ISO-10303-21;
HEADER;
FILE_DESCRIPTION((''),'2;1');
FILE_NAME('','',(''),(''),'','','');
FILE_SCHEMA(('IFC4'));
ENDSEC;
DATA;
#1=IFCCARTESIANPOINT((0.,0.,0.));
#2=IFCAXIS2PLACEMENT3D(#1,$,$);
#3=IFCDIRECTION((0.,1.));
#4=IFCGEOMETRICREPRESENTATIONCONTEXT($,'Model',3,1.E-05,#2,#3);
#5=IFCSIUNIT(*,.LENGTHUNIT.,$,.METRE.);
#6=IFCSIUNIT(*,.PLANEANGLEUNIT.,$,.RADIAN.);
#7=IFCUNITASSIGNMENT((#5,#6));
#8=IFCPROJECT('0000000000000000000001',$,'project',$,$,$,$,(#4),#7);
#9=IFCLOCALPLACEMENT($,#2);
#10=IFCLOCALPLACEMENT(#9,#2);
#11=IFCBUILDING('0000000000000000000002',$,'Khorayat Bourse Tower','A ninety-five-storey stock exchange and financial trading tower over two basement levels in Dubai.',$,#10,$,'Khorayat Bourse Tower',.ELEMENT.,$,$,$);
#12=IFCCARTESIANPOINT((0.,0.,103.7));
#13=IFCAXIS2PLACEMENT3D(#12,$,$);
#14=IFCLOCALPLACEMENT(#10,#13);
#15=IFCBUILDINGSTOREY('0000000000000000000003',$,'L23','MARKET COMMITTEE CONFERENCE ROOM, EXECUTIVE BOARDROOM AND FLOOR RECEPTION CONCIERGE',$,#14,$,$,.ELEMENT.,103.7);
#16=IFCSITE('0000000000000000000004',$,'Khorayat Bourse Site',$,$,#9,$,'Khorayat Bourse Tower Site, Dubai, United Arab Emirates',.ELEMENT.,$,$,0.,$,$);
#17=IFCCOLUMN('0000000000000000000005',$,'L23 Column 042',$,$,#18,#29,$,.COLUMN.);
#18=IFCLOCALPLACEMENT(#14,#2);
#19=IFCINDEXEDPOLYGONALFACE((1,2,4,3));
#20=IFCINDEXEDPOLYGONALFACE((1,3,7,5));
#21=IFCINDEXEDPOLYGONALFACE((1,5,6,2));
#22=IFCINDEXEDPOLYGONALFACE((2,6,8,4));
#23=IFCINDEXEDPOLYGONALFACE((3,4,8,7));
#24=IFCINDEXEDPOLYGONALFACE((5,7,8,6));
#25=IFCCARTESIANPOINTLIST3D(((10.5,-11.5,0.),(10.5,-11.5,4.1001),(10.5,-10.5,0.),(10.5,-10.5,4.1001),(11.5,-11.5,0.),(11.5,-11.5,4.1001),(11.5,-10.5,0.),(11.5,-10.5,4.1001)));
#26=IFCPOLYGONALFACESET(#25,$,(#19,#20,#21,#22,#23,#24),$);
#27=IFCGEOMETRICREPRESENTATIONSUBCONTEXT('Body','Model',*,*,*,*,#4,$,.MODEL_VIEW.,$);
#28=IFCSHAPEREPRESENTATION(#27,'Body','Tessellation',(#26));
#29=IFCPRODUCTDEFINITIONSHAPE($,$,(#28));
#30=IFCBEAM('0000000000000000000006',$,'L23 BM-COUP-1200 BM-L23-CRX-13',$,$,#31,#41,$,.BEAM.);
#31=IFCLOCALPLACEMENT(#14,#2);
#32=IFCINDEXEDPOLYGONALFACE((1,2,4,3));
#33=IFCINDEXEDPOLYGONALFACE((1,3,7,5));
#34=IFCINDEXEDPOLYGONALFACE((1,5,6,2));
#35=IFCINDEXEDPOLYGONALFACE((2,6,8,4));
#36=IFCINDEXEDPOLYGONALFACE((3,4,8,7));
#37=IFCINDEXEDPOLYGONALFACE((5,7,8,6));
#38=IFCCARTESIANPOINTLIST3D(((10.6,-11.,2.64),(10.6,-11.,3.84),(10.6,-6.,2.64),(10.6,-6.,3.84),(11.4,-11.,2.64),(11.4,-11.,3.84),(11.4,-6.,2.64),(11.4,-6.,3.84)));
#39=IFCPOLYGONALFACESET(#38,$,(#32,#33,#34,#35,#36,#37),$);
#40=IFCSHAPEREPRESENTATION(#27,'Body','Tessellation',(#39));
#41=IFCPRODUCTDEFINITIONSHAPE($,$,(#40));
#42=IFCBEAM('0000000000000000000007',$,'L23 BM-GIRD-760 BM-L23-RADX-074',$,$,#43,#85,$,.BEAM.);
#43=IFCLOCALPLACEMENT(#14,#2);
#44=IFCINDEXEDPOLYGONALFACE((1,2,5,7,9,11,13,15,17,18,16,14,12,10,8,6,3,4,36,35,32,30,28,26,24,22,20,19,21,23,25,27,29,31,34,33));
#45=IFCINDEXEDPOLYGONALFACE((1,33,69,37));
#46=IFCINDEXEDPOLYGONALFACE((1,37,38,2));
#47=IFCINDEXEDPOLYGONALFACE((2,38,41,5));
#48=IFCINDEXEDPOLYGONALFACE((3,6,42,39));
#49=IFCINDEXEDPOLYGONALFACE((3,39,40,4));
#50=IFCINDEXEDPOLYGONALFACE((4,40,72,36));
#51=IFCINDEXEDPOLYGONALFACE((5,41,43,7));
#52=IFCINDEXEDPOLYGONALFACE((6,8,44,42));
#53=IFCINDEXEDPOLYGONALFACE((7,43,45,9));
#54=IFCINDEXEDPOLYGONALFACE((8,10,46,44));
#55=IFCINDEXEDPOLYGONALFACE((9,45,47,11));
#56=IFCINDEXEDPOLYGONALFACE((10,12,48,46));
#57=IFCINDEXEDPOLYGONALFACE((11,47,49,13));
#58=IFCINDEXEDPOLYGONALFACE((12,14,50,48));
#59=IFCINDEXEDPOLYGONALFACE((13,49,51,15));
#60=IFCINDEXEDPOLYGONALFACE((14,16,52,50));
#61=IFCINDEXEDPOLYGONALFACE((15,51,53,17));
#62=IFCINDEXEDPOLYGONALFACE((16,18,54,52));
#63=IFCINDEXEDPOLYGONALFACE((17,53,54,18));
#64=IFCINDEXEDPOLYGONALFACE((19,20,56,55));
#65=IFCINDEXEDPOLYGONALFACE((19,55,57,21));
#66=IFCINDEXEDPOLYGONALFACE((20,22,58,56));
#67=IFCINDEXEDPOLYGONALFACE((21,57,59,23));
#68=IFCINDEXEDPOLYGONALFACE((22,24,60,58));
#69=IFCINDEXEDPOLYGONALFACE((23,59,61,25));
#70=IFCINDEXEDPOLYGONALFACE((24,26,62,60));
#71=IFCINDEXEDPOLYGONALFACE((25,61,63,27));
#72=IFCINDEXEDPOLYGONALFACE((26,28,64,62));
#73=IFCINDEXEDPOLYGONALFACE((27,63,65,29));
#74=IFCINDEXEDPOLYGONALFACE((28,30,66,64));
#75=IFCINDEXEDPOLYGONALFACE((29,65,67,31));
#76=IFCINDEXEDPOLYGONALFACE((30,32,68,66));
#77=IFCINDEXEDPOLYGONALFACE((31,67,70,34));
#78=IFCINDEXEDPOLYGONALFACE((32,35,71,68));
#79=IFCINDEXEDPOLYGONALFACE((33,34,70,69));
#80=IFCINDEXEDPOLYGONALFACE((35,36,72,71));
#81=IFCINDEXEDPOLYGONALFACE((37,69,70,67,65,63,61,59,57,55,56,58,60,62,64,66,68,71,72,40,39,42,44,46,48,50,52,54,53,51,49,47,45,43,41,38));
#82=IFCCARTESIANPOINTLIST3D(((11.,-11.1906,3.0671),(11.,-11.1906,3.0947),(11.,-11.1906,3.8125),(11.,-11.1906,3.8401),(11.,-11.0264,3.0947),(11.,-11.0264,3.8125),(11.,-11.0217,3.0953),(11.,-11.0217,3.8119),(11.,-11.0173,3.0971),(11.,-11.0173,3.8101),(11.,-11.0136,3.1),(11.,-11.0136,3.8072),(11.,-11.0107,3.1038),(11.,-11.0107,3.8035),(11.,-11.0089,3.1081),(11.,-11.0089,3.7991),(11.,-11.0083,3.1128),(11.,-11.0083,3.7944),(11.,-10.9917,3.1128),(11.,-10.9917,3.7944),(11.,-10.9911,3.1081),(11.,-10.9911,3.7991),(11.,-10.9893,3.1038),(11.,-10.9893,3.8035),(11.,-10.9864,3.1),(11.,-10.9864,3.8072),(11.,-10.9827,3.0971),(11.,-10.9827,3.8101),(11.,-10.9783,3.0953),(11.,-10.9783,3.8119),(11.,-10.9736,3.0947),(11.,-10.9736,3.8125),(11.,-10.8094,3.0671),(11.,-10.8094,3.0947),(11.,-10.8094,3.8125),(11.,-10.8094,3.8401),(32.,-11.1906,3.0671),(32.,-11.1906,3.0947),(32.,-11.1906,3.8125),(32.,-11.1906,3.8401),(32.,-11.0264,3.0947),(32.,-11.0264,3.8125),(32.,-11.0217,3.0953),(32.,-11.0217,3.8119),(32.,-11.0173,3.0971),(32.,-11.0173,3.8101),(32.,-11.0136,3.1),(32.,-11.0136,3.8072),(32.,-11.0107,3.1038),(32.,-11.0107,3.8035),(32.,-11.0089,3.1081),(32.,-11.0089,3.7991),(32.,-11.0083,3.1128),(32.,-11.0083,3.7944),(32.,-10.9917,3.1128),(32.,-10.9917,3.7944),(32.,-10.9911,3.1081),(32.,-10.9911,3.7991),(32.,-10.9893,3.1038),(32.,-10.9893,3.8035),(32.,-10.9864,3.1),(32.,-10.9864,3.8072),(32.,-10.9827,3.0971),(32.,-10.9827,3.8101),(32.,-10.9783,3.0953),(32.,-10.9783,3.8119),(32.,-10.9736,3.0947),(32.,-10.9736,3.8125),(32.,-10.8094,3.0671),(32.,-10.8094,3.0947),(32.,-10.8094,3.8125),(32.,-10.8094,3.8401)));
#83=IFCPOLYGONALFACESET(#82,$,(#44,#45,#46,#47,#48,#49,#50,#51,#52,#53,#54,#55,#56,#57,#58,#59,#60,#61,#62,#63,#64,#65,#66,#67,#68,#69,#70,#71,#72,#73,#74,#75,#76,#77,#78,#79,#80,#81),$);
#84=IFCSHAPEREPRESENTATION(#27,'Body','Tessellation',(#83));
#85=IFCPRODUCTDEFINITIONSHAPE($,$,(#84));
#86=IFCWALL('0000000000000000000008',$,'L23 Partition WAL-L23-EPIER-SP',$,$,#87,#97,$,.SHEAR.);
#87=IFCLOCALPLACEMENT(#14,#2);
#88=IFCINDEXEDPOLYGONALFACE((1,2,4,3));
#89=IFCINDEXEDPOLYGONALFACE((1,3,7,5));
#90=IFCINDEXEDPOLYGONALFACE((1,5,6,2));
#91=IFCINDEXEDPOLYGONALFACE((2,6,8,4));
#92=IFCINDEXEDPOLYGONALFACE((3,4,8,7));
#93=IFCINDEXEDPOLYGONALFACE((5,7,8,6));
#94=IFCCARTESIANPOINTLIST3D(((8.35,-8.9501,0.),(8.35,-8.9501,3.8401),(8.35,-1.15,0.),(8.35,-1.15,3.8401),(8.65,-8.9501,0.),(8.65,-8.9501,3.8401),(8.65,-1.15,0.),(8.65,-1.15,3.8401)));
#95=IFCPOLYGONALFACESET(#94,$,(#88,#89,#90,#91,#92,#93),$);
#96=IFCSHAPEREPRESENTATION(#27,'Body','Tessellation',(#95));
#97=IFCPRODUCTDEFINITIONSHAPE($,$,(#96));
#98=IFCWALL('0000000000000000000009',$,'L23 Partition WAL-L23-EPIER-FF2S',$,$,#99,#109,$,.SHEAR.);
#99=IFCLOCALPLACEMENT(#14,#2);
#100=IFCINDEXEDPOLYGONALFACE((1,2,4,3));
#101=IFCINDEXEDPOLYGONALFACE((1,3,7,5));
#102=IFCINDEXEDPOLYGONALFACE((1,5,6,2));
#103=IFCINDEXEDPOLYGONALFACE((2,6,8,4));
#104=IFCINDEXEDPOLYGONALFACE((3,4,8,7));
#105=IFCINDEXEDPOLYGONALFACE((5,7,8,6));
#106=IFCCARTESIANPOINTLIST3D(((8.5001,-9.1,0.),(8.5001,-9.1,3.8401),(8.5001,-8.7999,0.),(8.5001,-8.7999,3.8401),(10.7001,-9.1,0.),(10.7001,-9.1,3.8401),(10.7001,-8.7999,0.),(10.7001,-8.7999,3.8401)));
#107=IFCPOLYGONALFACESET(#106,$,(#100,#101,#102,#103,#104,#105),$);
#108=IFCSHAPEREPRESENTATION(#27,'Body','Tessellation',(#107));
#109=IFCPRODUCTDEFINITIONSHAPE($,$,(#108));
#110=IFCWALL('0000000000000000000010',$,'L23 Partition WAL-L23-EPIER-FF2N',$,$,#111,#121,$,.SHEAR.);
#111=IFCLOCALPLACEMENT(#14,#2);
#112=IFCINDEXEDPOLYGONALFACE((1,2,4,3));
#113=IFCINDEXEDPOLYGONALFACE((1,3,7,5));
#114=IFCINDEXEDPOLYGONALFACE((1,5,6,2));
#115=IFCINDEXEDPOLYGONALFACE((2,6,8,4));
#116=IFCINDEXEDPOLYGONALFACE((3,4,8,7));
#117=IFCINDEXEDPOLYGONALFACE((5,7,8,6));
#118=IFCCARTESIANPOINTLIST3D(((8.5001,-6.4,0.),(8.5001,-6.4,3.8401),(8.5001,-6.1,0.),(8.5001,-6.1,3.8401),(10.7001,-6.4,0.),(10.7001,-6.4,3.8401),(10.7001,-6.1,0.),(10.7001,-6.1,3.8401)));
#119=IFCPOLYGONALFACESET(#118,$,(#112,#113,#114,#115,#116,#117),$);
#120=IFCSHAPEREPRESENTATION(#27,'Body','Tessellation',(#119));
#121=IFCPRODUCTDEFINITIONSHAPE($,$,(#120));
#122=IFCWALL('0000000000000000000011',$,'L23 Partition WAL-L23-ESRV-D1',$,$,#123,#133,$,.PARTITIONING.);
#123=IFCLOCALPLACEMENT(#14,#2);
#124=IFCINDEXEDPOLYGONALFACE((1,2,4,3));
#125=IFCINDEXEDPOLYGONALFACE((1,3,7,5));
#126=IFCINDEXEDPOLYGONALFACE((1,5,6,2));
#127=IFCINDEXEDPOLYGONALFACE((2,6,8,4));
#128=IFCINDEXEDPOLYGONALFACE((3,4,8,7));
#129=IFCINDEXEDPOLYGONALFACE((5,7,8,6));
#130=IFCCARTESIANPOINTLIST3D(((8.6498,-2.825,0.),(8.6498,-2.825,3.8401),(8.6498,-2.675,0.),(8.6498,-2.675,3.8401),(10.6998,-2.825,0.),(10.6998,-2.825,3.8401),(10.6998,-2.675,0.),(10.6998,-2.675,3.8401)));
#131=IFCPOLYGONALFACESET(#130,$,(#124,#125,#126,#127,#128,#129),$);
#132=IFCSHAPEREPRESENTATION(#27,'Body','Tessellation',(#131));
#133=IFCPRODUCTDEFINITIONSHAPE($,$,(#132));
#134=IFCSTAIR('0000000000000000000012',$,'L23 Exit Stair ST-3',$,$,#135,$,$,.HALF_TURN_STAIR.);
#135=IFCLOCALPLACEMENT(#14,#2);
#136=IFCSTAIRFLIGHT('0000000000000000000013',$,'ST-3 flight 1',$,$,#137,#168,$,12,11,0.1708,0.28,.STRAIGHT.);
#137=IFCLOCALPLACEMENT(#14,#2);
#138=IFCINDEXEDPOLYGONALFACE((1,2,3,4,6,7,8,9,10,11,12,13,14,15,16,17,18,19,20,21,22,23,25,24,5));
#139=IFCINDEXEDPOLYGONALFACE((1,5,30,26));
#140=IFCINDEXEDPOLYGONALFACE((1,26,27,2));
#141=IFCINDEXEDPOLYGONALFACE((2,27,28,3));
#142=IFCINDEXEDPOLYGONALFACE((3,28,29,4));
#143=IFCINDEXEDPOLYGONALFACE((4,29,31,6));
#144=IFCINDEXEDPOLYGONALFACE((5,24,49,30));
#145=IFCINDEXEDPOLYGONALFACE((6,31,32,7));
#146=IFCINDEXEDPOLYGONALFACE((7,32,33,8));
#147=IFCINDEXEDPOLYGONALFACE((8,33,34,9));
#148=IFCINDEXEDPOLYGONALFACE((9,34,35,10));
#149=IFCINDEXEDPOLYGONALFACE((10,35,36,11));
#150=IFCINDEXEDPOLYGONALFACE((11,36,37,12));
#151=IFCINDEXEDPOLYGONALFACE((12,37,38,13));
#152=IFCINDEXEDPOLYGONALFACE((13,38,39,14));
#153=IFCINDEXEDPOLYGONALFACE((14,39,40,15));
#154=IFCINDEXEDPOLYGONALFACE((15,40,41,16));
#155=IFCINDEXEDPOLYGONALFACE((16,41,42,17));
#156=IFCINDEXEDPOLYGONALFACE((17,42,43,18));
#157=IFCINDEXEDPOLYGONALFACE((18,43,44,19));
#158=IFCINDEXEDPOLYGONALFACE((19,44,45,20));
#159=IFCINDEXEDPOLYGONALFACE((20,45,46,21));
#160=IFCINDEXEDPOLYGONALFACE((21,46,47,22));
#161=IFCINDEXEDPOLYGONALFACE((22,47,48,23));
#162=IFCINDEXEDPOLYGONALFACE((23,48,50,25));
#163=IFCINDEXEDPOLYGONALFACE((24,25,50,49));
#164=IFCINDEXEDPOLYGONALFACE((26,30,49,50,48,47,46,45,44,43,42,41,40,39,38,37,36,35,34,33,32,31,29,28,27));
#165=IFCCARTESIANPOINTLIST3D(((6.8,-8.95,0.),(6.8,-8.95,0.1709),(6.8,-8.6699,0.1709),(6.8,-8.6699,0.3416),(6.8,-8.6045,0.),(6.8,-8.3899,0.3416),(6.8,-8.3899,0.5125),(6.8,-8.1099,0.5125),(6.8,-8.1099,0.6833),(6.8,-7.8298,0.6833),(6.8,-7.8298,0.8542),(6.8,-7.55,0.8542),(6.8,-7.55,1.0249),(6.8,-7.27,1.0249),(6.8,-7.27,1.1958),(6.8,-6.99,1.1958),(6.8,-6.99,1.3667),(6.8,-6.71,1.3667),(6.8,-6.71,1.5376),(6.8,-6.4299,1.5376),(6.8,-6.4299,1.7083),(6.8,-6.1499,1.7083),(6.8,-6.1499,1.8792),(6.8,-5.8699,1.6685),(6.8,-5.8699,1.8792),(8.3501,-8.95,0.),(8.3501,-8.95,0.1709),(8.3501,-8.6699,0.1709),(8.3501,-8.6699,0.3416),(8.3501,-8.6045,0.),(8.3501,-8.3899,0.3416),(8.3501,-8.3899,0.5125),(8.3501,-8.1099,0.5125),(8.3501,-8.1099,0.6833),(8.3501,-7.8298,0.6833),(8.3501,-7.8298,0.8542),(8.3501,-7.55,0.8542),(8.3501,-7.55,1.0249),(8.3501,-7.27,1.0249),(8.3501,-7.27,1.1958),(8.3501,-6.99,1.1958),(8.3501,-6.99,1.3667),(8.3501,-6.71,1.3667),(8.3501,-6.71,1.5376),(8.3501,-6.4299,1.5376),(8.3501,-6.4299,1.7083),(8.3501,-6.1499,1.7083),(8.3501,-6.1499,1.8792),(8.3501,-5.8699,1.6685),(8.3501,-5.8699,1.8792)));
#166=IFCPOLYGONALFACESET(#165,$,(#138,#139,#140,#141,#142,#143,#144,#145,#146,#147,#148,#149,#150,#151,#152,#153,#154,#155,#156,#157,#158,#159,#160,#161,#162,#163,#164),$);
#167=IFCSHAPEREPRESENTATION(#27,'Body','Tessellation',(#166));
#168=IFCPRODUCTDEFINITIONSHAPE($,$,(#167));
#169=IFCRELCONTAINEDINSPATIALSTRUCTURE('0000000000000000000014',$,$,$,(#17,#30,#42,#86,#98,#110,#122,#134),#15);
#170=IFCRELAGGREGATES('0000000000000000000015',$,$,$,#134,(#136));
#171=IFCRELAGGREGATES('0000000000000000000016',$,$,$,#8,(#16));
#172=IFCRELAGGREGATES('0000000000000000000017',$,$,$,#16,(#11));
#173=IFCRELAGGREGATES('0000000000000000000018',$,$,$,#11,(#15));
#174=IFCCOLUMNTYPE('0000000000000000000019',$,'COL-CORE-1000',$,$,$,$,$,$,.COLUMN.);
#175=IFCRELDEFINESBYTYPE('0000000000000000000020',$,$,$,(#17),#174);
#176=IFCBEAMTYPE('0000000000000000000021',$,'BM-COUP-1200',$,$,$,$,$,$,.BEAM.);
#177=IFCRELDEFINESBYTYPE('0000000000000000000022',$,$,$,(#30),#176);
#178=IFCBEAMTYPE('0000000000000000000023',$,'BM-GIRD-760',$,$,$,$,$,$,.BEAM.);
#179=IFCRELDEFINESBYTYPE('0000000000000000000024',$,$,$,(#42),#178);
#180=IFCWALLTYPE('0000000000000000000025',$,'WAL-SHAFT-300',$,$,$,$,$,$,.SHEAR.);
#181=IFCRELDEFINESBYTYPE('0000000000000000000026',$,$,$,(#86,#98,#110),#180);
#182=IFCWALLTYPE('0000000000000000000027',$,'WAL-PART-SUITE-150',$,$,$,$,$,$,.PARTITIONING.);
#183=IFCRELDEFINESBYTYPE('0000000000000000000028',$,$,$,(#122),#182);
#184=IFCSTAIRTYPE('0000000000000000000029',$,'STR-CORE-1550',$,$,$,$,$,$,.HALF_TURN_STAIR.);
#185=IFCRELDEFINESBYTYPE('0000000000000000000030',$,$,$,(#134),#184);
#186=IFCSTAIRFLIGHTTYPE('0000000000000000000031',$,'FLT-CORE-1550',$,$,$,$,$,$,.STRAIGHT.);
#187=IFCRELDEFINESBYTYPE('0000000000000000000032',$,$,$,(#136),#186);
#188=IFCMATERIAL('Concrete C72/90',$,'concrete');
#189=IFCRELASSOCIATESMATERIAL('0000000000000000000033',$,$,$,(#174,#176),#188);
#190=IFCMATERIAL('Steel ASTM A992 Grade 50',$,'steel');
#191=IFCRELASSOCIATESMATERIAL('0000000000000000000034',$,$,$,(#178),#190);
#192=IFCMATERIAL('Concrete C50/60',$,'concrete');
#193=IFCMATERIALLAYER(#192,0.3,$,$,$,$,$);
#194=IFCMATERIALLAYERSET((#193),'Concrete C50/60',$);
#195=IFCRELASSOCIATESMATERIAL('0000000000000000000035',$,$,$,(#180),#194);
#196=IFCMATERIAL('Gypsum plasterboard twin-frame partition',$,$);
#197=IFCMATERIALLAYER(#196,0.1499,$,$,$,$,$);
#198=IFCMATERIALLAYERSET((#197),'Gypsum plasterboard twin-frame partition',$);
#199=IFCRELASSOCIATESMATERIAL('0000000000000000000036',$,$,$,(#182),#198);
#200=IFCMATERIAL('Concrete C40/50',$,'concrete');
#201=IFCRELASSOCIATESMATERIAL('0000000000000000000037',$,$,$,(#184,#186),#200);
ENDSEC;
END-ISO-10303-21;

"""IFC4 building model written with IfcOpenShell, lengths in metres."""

from ifc_helpers import new_model, si_unit, direction, frame, frame_2d, origin, origin_2d, place, context, subcontext, project, spatial, polyline, rectangle, i_section, outline, extrude, source, transform, mapped, material, layer, layer_set, material_profile, profile_set, type_object, element, aggregate, save


model = new_model("IFC4")

# Units and contexts
model_context = context("Model", 3, precision=1e-05, world=origin(), true_north=direction((0.0, 1.0)))
body_context = subcontext(model_context, "Body", "Model", "MODEL_VIEW")
ifc_project = project(units=[si_unit("LENGTHUNIT", "METRE"), si_unit("PLANEANGLEUNIT", "RADIAN")], contexts=[model_context])

# Site, building, storey
site_placement = place(None, origin())
site = spatial("IfcSite", under=ifc_project, at=site_placement, Name="Khorayat Bourse Site", LongName="Khorayat Bourse Tower Site, Dubai, United Arab Emirates", CompositionType="ELEMENT", RefElevation=0.0)
building_placement = place(site_placement, origin())
building = spatial("IfcBuilding", under=site, at=building_placement, Name="Khorayat Bourse Tower", Description="A ninety-five-storey stock exchange and financial trading tower over two basement levels in Dubai.", LongName="Khorayat Bourse Tower", CompositionType="ELEMENT")
storey_placement = place(building_placement, frame((0.0, 0.0, 103.7)))
storey = spatial("IfcBuildingStorey", under=building, at=storey_placement, Name="L23", Description="MARKET COMMITTEE CONFERENCE ROOM, EXECUTIVE BOARDROOM AND FLOOR RECEPTION CONCIERGE", CompositionType="ELEMENT", Elevation=103.7)

# Column
ifc_material_1 = material(Name="Concrete C72/90", Category="concrete")
ifc_material_profile_1 = material_profile(ifc_material_1, rectangle(XDim=1.0, YDim=1.0, at=origin_2d()), Name="RC 1000x1000")
ifc_profile_set_1 = profile_set([ifc_material_profile_1], Name="Concrete C72/90")
column_type = type_object("IfcColumnType", Name="COL-CORE-1000", PredefinedType="COLUMN", material=ifc_profile_set_1)
shared_shape_1 = source(origin(), body_context, "Body", "SweptSolid", [
    extrude(rectangle(XDim=1.0, YDim=1.0, at=origin_2d()), origin(), (0.0, 0.0, 1.0), 4.1001),
])
column_placement = place(storey_placement, frame((11.0, -11.0, 0.0), z_axis=(0.0, 0.0, 1.0), x_axis=(1.0, 0.0, 0.0)))
element("IfcColumn", 1, at=column_placement, inside=storey, type_object=column_type, Name="L23 Column 042", PredefinedType="COLUMN", context=body_context, shape_type="MappedRepresentation", body=[
    mapped(shared_shape_1, transform((0.0, 0.0, 0.0), scale=1.0)),
])

# Beams
ifc_material_profile_2 = material_profile(ifc_material_1, rectangle(XDim=0.8, YDim=1.2, at=origin_2d()), Name="RC 800x1200")
ifc_profile_set_2 = profile_set([ifc_material_profile_2], Name="Concrete C72/90")
beam_type_1 = type_object("IfcBeamType", Name="BM-COUP-1200", PredefinedType="BEAM", material=ifc_profile_set_2)
shared_shape_2 = source(origin(), body_context, "Body", "SweptSolid", [
    extrude(rectangle(XDim=0.8, YDim=1.2, at=origin_2d()), origin(), (0.0, 0.0, 1.0), 5.0),
])
beam_1_placement = place(storey_placement, frame((11.0, -11.0, 3.24), z_axis=(0.0, 1.0, 0.0), x_axis=(-1.0, 0.0, 0.0)))
element("IfcBeam", 2, at=beam_1_placement, inside=storey, type_object=beam_type_1, Name="L23 BM-COUP-1200 BM-L23-CRX-13", PredefinedType="BEAM", context=body_context, shape_type="MappedRepresentation", body=[
    mapped(shared_shape_2, transform((0.0, 0.0, 0.0), scale=1.0)),
])
ifc_material_2 = material(Name="Steel ASTM A992 Grade 50", Category="steel")
ifc_material_profile_3 = material_profile(ifc_material_2, i_section(OverallWidth=0.3811, OverallDepth=0.7729, WebThickness=0.0166, FlangeThickness=0.0276, FilletRadius=0.0181, at=origin_2d()), Name="W760X257")
ifc_profile_set_3 = profile_set([ifc_material_profile_3], Name="Steel ASTM A992 Grade 50")
beam_type_2 = type_object("IfcBeamType", Name="BM-GIRD-760", PredefinedType="BEAM", material=ifc_profile_set_3)
shared_shape_3 = source(origin(), body_context, "Body", "SweptSolid", [
    extrude(i_section(OverallWidth=0.3811, OverallDepth=0.7729, WebThickness=0.0166, FlangeThickness=0.0276, FilletRadius=0.0181, at=origin_2d()), origin(), (0.0, 0.0, 1.0), 21.0),
])
beam_2_placement = place(storey_placement, frame((11.0, -11.0, 3.4536), z_axis=(1.0, 0.0, 0.0), x_axis=(0.0, 1.0, 0.0)))
element("IfcBeam", 3, at=beam_2_placement, inside=storey, type_object=beam_type_2, Name="L23 BM-GIRD-760 BM-L23-RADX-074", PredefinedType="BEAM", context=body_context, shape_type="MappedRepresentation", body=[
    mapped(shared_shape_3, transform((0.0, 0.0, 0.0), scale=1.0)),
])

# Walls
ifc_material_3 = material(Name="Concrete C50/60", Category="concrete")
ifc_layer_1 = layer(ifc_material_3, 0.3)
ifc_layer_set_1 = layer_set([ifc_layer_1], Name="Concrete C50/60")
wall_type_1 = type_object("IfcWallType", Name="WAL-SHAFT-300", PredefinedType="SHEAR", material=ifc_layer_set_1)
shared_shape_4 = source(origin(), body_context, "Body", "SweptSolid", [
    extrude(rectangle(XDim=7.8, YDim=0.3, at=frame_2d((3.8999, 0.0))), origin(), (0.0, 0.0, 1.0), 3.8401),
])
wall_1_placement = place(storey_placement, frame((8.5, -8.95, 0.0), z_axis=(0.0, 0.0, 1.0), x_axis=(0.0, 1.0, 0.0)))
element("IfcWall", 4, at=wall_1_placement, inside=storey, type_object=wall_type_1, Name="L23 Partition WAL-L23-EPIER-SP", PredefinedType="SHEAR", context=body_context, shape_type="MappedRepresentation", body=[
    mapped(shared_shape_4, transform((0.0, 0.0, 0.0), scale=1.0)),
])
shared_shape_5 = source(origin(), body_context, "Body", "SweptSolid", [
    extrude(rectangle(XDim=2.2, YDim=0.3, at=frame_2d((1.1001, 0.0))), origin(), (0.0, 0.0, 1.0), 3.8401),
])
for number, where, z_axis, x_axis, name in (
    (5, (8.5, -8.95, 0.0), (0.0, 0.0, 1.0), (1.0, 0.0, 0.0), "L23 Partition WAL-L23-EPIER-FF2S"),
    (6, (8.5, -6.25, 0.0), (0.0, 0.0, 1.0), (1.0, 0.0, 0.0), "L23 Partition WAL-L23-EPIER-FF2N"),
):
    element("IfcWall", number, at=place(storey_placement, frame(where, z_axis=z_axis, x_axis=x_axis)), inside=storey, type_object=wall_type_1, Name=name, PredefinedType="SHEAR", context=body_context, shape_type="MappedRepresentation", body=[
        mapped(shared_shape_5, transform((0.0, 0.0, 0.0), scale=1.0)),
    ])
ifc_material_4 = material(Name="Gypsum plasterboard twin-frame partition")
ifc_layer_2 = layer(ifc_material_4, 0.1499)
ifc_layer_set_2 = layer_set([ifc_layer_2], Name="Gypsum plasterboard twin-frame partition")
wall_type_2 = type_object("IfcWallType", Name="WAL-PART-SUITE-150", PredefinedType="PARTITIONING", material=ifc_layer_set_2)
shared_shape_6 = source(origin(), body_context, "Body", "SweptSolid", [
    extrude(rectangle(XDim=2.05, YDim=0.1499, at=frame_2d((1.0249, 0.0))), origin(), (0.0, 0.0, 1.0), 3.8401),
])
wall_2_placement = place(storey_placement, frame((8.6499, -2.75, 0.0), z_axis=(0.0, 0.0, 1.0), x_axis=(1.0, 0.0, 0.0)))
element("IfcWall", 7, at=wall_2_placement, inside=storey, type_object=wall_type_2, Name="L23 Partition WAL-L23-ESRV-D1", PredefinedType="PARTITIONING", context=body_context, shape_type="MappedRepresentation", body=[
    mapped(shared_shape_6, transform((0.0, 0.0, 0.0), scale=1.0)),
])

# Stair, stair flight
ifc_material_5 = material(Name="Concrete C40/50", Category="concrete")
stair_type = type_object("IfcStairType", Name="STR-CORE-1550", PredefinedType="HALF_TURN_STAIR", material=ifc_material_5)
stair_placement = place(storey_placement, origin())
stair = element("IfcStair", 8, at=stair_placement, inside=storey, type_object=stair_type, Name="L23 Exit Stair ST-3", PredefinedType="HALF_TURN_STAIR")
stair_flight_type = type_object("IfcStairFlightType", Name="FLT-CORE-1550", PredefinedType="STRAIGHT", material=ifc_material_5)
shared_shape_7 = source(origin(), body_context, "Body", "SweptSolid", [
    extrude(outline(polyline([(0.0, 0.0), (0.0, 0.1709), (0.28, 0.1709), (0.28, 0.3416), (0.5601, 0.3416), (0.5601, 0.5125), (0.8401, 0.5125), (0.8401, 0.6833), (1.1201, 0.6833), (1.1201, 0.8542), (1.3999, 0.8542), (1.3999, 1.0249), (1.6799, 1.0249), (1.6799, 1.1958), (1.96, 1.1958), (1.96, 1.3667), (2.24, 1.3667), (2.24, 1.5376), (2.52, 1.5376), (2.52, 1.7083), (2.8, 1.7083), (2.8, 1.8792), (3.0801, 1.8792), (3.0801, 2.05), (3.0801, 1.6685), (0.3455, 0.0), (0.0, 0.0)])), frame((0.0, 0.7749, 0.0), z_axis=(0.0, -1.0, 0.0), x_axis=(1.0, 0.0, 0.0)), (0.0, 0.0, 1.0), 1.55),
])
stair_flight_placement = place(storey_placement, frame((7.575, -8.95, 0.0), z_axis=(0.0, 0.0, 1.0), x_axis=(0.0, 1.0, 0.0)))
stair_flight = element("IfcStairFlight", 9, at=stair_flight_placement, type_object=stair_flight_type, Name="ST-3 flight 1", NumberOfRisers=12, NumberOfTreads=11, PredefinedType="STRAIGHT", RiserHeight=0.1708, TreadLength=0.28, context=body_context, shape_type="MappedRepresentation", body=[
    mapped(shared_shape_7, transform((0.0, 0.0, 0.0), scale=1.0)),
])
aggregate(stair, [stair_flight])

save(model, "model.ifc")
